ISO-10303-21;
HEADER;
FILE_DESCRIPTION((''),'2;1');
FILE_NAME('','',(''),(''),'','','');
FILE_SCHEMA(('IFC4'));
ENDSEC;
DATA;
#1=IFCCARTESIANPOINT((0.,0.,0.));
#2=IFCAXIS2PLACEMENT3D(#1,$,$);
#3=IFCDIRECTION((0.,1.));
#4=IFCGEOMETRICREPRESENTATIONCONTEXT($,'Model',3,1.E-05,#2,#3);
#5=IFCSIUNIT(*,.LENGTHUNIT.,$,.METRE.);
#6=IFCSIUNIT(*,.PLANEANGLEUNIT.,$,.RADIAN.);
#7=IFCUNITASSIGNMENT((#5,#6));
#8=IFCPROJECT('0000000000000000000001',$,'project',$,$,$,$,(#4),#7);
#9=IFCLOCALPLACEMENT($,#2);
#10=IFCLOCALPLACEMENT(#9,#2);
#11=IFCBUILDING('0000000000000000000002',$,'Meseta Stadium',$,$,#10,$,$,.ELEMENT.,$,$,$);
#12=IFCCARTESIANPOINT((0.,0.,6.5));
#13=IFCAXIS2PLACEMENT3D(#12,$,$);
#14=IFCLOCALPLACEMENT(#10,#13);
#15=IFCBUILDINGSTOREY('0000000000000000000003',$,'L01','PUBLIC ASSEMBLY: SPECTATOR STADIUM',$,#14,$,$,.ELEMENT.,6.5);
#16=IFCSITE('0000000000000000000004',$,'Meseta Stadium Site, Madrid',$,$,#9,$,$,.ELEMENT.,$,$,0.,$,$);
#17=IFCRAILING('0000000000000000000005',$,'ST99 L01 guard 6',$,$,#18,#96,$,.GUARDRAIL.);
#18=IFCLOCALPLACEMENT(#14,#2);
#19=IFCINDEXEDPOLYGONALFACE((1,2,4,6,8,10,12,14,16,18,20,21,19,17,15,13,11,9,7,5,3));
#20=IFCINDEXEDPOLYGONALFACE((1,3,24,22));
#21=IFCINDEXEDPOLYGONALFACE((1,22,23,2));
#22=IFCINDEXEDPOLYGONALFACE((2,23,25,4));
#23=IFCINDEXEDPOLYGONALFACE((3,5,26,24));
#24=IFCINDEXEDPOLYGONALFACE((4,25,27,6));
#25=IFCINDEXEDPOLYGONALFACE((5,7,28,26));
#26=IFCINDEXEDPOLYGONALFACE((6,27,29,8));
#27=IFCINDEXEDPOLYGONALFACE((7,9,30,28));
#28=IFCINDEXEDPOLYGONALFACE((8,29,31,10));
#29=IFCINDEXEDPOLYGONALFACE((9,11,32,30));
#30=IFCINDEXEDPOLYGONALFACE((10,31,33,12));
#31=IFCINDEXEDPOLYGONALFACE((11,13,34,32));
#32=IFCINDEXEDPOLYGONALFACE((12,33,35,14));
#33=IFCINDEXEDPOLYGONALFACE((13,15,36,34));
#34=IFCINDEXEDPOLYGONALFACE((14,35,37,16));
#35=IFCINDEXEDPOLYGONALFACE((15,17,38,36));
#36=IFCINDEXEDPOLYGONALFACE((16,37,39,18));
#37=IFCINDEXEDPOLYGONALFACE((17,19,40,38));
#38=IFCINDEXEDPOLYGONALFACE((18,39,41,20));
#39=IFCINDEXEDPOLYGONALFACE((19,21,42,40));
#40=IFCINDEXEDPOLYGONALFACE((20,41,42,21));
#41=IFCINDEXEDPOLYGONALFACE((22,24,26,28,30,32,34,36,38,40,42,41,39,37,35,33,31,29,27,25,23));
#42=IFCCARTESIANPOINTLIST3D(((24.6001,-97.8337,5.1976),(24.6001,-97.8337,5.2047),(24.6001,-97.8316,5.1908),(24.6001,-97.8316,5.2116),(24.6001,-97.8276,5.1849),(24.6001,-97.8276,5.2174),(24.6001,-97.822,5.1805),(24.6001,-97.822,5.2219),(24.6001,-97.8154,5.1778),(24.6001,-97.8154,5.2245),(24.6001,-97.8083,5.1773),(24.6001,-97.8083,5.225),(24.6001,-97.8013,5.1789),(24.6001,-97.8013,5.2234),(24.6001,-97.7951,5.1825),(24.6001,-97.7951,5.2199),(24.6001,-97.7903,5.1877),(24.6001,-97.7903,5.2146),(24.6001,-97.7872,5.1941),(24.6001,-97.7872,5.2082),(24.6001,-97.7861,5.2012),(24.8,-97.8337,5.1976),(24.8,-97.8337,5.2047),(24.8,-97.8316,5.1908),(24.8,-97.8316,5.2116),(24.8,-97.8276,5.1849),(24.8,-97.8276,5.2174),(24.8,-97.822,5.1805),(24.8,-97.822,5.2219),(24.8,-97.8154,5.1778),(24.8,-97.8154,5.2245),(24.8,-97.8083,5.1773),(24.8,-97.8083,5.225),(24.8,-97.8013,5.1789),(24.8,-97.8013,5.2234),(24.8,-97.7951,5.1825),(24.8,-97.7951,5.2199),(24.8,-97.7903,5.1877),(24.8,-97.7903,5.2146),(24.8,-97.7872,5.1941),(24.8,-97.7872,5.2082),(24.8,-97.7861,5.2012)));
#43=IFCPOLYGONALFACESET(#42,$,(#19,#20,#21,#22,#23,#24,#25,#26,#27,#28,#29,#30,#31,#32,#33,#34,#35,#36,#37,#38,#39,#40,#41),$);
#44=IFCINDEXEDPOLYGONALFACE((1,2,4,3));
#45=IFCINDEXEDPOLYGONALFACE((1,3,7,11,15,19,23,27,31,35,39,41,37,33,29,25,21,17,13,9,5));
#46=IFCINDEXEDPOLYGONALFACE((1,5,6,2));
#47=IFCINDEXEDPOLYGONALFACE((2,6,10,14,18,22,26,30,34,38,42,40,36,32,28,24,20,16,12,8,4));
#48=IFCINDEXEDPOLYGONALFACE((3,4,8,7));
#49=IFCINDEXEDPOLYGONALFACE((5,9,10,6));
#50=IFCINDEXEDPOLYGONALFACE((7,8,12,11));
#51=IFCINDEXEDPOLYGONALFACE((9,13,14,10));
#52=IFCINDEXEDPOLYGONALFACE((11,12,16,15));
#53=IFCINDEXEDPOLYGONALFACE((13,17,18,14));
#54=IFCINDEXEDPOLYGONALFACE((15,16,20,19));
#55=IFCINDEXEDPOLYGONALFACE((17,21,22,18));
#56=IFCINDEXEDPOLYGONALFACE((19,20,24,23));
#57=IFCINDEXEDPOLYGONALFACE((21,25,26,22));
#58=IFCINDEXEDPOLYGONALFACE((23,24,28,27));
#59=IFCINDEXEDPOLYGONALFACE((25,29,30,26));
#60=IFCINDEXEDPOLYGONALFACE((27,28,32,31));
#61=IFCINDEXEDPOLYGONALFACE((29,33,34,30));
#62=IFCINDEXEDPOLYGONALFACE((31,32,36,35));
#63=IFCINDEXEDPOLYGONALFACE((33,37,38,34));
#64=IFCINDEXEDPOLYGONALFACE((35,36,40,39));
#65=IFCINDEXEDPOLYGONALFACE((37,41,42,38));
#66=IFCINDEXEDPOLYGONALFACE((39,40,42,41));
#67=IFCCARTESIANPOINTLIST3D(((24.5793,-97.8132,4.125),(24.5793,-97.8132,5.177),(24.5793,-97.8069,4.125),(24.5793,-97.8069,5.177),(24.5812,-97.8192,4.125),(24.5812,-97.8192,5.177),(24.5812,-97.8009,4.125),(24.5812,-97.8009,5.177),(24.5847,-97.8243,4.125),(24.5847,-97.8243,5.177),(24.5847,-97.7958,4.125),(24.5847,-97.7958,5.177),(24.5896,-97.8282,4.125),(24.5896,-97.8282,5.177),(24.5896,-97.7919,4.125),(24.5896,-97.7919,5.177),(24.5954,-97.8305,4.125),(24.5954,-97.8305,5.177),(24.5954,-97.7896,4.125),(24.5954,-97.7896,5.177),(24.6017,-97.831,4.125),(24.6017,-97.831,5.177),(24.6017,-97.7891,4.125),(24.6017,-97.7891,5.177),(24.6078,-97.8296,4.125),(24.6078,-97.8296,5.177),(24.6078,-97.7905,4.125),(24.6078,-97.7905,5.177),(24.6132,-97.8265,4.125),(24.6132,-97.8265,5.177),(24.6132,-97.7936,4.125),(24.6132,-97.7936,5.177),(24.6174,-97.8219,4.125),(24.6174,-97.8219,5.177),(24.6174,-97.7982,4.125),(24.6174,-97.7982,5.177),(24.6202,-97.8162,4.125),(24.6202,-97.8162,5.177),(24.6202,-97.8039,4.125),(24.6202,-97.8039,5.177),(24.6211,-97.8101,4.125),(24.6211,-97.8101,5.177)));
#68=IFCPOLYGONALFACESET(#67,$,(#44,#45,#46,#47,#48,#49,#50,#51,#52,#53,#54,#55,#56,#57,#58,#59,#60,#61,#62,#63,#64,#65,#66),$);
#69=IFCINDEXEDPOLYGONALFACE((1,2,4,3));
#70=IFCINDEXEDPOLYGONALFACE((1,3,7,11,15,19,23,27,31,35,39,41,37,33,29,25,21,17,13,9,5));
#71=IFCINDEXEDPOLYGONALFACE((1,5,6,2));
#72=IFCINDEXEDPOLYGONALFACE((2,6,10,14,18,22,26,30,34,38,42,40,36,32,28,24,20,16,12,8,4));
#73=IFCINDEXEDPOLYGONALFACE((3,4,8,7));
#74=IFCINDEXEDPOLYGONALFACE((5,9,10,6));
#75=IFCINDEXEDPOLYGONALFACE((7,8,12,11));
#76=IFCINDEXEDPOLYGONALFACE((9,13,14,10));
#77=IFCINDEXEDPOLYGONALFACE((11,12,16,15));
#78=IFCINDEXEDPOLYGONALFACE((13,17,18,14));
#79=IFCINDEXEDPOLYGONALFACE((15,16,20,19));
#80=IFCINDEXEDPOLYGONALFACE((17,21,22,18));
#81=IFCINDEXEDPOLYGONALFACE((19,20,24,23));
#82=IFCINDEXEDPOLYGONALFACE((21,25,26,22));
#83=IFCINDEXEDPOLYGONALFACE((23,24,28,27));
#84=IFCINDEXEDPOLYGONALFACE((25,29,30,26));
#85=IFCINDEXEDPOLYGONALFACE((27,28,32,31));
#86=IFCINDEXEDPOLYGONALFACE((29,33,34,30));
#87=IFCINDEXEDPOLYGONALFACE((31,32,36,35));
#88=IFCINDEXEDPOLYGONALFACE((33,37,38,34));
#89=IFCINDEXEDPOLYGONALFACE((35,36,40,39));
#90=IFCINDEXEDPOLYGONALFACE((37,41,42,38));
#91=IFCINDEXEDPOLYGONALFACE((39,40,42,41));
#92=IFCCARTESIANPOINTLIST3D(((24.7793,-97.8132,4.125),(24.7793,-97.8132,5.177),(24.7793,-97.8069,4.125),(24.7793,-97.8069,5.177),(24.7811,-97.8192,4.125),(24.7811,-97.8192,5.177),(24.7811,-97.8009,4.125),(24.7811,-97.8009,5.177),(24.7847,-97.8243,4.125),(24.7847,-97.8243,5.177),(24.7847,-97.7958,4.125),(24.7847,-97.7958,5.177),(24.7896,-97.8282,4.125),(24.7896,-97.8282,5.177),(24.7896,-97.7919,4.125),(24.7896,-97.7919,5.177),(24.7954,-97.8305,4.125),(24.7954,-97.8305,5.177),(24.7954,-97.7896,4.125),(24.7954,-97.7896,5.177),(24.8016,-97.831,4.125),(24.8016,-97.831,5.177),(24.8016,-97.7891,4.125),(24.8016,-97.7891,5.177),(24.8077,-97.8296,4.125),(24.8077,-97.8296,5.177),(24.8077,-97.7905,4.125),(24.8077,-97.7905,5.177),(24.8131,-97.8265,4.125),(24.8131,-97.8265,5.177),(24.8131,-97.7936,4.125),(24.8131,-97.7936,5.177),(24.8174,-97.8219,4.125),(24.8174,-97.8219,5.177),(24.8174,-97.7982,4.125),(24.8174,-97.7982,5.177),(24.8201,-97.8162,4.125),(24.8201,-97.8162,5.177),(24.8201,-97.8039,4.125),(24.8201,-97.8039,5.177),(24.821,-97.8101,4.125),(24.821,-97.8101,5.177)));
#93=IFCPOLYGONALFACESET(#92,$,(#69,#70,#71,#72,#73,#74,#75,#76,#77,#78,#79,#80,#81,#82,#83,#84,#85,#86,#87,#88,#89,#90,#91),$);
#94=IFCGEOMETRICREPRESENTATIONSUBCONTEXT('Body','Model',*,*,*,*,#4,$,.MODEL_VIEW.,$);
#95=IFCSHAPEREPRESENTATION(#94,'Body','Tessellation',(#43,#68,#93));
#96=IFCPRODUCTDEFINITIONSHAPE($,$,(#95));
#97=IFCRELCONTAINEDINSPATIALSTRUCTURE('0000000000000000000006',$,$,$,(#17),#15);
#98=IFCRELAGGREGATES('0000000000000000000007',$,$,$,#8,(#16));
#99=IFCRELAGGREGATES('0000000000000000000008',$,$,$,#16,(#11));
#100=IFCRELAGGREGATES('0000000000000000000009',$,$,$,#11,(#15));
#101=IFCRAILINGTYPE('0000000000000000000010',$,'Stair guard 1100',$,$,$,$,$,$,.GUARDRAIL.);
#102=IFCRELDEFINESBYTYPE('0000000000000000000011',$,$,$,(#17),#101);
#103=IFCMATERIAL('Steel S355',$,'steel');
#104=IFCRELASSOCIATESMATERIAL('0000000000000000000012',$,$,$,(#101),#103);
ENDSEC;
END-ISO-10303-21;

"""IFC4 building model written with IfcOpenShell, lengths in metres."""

from ifc_helpers import new_model, si_unit, direction, frame, origin, origin_2d, place, context, subcontext, project, spatial, circle, extrude, material, type_object, element, save


model = new_model("IFC4")

# Units and contexts
model_context = context("Model", 3, precision=1e-05, world=origin(), true_north=direction((0.0, 1.0)))
body_context = subcontext(model_context, "Body", "Model", "MODEL_VIEW")
ifc_project = project(units=[si_unit("LENGTHUNIT", "METRE"), si_unit("PLANEANGLEUNIT", "RADIAN")], contexts=[model_context])

# Site, building, storey
site_placement = place(None, origin())
site = spatial("IfcSite", under=ifc_project, at=site_placement, Name="Meseta Stadium Site, Madrid", CompositionType="ELEMENT", RefElevation=0.0)
building_placement = place(site_placement, origin())
building = spatial("IfcBuilding", under=site, at=building_placement, Name="Meseta Stadium", CompositionType="ELEMENT")
storey_placement = place(building_placement, frame((0.0, 0.0, 6.5)))
storey = spatial("IfcBuildingStorey", under=building, at=storey_placement, Name="L01", Description="PUBLIC ASSEMBLY: SPECTATOR STADIUM", CompositionType="ELEMENT", Elevation=6.5)

# Railing
ifc_material_1 = material(Name="Steel S355", Category="steel")
railing_type_1 = type_object("IfcRailingType", Name="Stair guard 1100", PredefinedType="GUARDRAIL", material=ifc_material_1)
railing_1_placement = place(storey_placement, frame((24.6001, -97.8101, 4.125)))
element("IfcRailing", 1, at=railing_1_placement, inside=storey, type_object=railing_type_1, Name="ST99 L01 guard 6", PredefinedType="GUARDRAIL", context=body_context, shape_type="SweptSolid", body=[
    extrude(circle(Radius=0.0239, at=origin_2d()), frame((0.0, 0.0, 1.0762), z_axis=(1.0, 0.0, 0.0), x_axis=(0.0, 1.0, 0.0)), (0.0, 0.0, 1.0), 0.2),
    extrude(circle(Radius=0.021, at=origin_2d()), origin(), (0.0, 0.0, 1.0), 1.052),
    extrude(circle(Radius=0.021, at=origin_2d()), frame((0.2, 0.0, 0.0)), (0.0, 0.0, 1.0), 1.052),
])

save(model, "model.ifc")
